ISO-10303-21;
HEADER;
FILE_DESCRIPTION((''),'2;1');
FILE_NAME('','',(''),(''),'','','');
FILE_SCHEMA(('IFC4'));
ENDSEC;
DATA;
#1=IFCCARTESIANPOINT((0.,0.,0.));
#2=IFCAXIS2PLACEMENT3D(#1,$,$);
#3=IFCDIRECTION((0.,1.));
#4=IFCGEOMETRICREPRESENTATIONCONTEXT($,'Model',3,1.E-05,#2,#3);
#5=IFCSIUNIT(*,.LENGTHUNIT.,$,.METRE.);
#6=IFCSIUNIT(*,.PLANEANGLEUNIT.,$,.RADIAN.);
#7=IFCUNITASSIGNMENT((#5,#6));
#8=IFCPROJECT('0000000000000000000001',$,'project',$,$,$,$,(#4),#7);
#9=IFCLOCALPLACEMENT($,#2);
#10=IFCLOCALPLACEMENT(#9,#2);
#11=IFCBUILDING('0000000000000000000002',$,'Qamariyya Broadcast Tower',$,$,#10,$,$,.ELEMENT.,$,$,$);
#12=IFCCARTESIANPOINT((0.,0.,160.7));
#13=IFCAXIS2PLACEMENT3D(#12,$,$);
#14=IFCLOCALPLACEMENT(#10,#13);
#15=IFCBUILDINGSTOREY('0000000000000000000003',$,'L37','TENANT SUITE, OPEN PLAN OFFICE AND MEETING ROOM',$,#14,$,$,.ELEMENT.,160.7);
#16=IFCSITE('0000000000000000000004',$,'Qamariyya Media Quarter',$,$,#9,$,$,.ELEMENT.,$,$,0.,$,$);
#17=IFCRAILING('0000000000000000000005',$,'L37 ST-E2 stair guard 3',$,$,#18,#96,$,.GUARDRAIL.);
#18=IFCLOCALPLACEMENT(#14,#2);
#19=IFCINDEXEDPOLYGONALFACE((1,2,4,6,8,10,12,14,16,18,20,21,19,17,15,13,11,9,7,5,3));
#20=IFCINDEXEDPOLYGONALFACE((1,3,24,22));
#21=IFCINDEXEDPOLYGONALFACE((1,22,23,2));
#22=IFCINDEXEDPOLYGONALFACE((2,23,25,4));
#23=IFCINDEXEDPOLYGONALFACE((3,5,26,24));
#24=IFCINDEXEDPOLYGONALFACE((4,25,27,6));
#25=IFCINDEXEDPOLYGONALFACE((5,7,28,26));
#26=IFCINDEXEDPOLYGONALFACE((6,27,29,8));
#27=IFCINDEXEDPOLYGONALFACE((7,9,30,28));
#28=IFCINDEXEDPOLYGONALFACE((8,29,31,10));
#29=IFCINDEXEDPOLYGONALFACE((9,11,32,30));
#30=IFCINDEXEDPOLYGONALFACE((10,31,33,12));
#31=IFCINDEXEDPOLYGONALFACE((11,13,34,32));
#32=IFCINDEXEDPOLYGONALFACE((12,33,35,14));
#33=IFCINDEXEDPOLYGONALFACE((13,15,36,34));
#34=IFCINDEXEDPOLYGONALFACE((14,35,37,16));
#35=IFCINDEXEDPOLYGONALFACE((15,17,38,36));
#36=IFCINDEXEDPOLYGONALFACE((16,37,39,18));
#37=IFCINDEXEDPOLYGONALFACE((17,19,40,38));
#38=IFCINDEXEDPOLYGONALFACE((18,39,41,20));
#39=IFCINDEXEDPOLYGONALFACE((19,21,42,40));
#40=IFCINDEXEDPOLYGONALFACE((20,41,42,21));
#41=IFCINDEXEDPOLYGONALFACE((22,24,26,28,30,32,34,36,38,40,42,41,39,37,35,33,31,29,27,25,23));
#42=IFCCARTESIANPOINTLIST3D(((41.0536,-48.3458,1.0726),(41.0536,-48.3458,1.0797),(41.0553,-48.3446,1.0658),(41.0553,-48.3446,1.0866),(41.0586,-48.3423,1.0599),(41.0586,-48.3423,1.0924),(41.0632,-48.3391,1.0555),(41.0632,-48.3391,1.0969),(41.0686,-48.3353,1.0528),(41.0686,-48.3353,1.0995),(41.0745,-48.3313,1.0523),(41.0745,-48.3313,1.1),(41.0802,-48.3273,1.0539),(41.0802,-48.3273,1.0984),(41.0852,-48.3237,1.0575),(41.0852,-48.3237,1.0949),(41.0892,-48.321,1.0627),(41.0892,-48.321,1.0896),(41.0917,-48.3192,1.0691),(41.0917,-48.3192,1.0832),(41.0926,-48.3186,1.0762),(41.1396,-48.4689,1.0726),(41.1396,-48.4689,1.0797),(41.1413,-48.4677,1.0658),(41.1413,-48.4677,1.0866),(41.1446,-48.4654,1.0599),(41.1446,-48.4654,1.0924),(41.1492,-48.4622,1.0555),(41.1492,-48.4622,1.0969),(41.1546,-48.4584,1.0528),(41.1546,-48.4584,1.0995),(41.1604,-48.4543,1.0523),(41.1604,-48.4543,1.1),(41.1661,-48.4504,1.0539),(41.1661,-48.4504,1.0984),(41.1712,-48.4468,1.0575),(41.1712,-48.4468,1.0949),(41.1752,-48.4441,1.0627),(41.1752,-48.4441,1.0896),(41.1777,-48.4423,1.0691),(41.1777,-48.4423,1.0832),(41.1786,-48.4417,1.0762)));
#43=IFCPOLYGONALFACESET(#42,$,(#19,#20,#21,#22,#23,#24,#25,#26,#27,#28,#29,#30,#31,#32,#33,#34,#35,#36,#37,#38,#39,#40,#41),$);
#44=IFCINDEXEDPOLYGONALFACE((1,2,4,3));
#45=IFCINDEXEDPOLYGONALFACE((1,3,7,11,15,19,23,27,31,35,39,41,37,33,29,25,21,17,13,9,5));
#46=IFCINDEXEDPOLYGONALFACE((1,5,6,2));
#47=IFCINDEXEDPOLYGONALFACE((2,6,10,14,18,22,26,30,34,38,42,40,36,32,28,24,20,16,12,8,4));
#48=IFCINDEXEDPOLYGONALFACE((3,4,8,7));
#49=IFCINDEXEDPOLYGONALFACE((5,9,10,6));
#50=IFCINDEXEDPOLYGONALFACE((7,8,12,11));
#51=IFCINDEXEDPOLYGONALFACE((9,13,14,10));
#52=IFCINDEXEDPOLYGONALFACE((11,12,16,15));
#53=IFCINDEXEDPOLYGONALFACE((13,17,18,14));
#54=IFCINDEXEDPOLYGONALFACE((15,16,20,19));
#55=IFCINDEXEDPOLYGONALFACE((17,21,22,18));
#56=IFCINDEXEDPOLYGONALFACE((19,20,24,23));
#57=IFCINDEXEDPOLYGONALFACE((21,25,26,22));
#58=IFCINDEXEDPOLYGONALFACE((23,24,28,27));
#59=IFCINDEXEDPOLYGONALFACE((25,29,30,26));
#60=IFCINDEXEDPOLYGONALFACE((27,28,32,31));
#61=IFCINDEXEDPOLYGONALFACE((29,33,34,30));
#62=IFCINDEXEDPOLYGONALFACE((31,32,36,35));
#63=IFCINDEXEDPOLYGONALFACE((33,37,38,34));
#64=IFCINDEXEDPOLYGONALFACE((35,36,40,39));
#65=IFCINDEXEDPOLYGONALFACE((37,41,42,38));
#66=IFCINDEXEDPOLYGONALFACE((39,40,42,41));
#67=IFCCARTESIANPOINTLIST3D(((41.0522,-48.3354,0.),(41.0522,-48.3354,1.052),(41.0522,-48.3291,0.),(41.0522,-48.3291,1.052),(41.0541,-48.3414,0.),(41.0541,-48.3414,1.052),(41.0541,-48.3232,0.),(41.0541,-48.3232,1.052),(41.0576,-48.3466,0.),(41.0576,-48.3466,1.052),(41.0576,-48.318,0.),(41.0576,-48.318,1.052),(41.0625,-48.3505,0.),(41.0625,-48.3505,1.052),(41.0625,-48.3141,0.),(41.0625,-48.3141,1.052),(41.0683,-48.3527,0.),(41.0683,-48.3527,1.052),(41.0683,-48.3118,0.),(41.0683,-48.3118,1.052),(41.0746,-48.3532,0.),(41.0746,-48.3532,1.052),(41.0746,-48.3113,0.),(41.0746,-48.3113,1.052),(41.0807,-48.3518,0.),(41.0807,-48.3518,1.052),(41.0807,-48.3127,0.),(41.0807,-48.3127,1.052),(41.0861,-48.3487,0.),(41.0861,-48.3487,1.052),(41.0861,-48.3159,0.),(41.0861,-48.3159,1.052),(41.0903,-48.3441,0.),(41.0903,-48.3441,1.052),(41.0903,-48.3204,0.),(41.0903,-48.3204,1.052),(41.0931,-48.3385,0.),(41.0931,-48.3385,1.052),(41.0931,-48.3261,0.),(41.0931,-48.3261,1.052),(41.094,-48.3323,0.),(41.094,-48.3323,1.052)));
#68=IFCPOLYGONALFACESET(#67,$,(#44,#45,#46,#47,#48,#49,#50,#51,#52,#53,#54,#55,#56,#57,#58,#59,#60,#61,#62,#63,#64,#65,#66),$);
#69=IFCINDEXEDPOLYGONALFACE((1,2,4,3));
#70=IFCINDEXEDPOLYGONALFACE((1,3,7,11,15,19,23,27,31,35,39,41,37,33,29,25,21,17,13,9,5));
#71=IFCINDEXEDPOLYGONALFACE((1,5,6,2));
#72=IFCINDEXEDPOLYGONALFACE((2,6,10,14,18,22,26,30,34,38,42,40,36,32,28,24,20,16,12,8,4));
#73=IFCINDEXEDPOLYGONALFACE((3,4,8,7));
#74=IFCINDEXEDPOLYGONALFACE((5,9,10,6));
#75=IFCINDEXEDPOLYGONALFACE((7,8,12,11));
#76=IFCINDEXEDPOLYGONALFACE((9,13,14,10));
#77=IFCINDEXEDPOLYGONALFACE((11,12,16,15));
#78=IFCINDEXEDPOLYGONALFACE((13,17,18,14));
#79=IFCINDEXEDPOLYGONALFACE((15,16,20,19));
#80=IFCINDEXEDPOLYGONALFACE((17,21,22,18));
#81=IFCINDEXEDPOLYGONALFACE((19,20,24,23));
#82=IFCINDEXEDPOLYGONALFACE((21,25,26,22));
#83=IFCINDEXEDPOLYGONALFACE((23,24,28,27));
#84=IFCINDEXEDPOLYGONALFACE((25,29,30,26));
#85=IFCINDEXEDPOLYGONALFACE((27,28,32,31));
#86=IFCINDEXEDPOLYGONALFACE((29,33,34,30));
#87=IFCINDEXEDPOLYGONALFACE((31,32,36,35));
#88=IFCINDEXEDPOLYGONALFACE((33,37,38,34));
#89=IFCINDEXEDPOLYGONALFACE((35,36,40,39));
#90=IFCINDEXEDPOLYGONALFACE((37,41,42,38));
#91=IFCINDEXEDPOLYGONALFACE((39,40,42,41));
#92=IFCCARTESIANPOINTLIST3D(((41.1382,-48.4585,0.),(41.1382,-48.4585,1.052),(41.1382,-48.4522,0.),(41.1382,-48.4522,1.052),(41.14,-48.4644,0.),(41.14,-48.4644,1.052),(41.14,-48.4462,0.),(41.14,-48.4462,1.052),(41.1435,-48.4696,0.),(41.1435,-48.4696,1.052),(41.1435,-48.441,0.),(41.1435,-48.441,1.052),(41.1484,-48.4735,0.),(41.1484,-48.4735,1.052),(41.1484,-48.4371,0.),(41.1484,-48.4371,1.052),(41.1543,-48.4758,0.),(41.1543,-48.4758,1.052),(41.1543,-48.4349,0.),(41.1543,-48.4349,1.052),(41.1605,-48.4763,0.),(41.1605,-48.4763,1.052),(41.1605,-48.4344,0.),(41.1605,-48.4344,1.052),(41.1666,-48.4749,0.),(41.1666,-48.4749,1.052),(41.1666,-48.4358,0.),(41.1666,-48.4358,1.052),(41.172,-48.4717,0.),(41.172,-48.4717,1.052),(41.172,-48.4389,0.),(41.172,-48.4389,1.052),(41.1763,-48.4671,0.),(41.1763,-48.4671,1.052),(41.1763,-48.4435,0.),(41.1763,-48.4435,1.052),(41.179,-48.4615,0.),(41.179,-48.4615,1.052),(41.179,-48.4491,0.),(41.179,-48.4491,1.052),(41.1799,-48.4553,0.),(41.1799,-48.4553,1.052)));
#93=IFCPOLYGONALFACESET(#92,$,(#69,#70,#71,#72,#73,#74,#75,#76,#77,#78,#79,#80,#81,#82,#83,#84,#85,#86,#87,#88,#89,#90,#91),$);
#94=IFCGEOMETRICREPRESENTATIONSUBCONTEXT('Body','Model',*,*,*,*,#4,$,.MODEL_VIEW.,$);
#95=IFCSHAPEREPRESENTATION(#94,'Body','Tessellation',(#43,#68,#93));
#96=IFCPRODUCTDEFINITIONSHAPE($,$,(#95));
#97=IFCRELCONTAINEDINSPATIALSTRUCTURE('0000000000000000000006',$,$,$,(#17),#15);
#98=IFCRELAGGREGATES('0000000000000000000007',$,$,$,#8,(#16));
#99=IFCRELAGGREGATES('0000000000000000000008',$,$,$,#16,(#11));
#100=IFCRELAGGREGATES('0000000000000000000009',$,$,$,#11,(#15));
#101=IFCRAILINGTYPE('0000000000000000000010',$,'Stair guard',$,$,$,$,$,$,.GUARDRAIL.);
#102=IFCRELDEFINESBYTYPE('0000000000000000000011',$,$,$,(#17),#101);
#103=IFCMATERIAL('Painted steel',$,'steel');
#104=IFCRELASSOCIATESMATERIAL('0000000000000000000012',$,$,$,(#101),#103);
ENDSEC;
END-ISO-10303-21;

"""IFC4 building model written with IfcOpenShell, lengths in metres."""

from ifc_helpers import new_model, si_unit, direction, frame, origin, origin_2d, place, context, subcontext, project, spatial, circle, extrude, material, type_object, element, save


model = new_model("IFC4")

# Units and contexts
model_context = context("Model", 3, precision=1e-05, world=origin(), true_north=direction((0.0, 1.0)))
body_context = subcontext(model_context, "Body", "Model", "MODEL_VIEW")
ifc_project = project(units=[si_unit("LENGTHUNIT", "METRE"), si_unit("PLANEANGLEUNIT", "RADIAN")], contexts=[model_context])

# Site, building, storey
site_placement = place(None, origin())
site = spatial("IfcSite", under=ifc_project, at=site_placement, Name="Qamariyya Media Quarter", CompositionType="ELEMENT", RefElevation=0.0)
building_placement = place(site_placement, origin())
building = spatial("IfcBuilding", under=site, at=building_placement, Name="Qamariyya Broadcast Tower", CompositionType="ELEMENT")
storey_placement = place(building_placement, frame((0.0, 0.0, 160.7)))
storey = spatial("IfcBuildingStorey", under=building, at=storey_placement, Name="L37", Description="TENANT SUITE, OPEN PLAN OFFICE AND MEETING ROOM", CompositionType="ELEMENT", Elevation=160.7)

# Railing
ifc_material_1 = material(Name="Painted steel", Category="steel")
railing_type_1 = type_object("IfcRailingType", Name="Stair guard", PredefinedType="GUARDRAIL", material=ifc_material_1)
railing_1_placement = place(storey_placement, frame((41.073, -48.3323, 0.0)))
element("IfcRailing", 1, at=railing_1_placement, inside=storey, type_object=railing_type_1, Name="L37 ST-E2 stair guard 3", PredefinedType="GUARDRAIL", context=body_context, shape_type="SweptSolid", body=[
    extrude(circle(Radius=0.0239, at=origin_2d()), frame((0.0, 0.0, 1.0762), z_axis=(0.572589, -0.819843, 0.0), x_axis=(0.819843, 0.572589, 0.0)), (0.0, 0.0, 1.0), 0.1501),
    extrude(circle(Radius=0.021, at=origin_2d()), origin(), (0.0, 0.0, 1.0), 1.052),
    extrude(circle(Radius=0.021, at=origin_2d()), frame((0.0859, -0.123, 0.0)), (0.0, 0.0, 1.0), 1.052),
])

save(model, "model.ifc")
